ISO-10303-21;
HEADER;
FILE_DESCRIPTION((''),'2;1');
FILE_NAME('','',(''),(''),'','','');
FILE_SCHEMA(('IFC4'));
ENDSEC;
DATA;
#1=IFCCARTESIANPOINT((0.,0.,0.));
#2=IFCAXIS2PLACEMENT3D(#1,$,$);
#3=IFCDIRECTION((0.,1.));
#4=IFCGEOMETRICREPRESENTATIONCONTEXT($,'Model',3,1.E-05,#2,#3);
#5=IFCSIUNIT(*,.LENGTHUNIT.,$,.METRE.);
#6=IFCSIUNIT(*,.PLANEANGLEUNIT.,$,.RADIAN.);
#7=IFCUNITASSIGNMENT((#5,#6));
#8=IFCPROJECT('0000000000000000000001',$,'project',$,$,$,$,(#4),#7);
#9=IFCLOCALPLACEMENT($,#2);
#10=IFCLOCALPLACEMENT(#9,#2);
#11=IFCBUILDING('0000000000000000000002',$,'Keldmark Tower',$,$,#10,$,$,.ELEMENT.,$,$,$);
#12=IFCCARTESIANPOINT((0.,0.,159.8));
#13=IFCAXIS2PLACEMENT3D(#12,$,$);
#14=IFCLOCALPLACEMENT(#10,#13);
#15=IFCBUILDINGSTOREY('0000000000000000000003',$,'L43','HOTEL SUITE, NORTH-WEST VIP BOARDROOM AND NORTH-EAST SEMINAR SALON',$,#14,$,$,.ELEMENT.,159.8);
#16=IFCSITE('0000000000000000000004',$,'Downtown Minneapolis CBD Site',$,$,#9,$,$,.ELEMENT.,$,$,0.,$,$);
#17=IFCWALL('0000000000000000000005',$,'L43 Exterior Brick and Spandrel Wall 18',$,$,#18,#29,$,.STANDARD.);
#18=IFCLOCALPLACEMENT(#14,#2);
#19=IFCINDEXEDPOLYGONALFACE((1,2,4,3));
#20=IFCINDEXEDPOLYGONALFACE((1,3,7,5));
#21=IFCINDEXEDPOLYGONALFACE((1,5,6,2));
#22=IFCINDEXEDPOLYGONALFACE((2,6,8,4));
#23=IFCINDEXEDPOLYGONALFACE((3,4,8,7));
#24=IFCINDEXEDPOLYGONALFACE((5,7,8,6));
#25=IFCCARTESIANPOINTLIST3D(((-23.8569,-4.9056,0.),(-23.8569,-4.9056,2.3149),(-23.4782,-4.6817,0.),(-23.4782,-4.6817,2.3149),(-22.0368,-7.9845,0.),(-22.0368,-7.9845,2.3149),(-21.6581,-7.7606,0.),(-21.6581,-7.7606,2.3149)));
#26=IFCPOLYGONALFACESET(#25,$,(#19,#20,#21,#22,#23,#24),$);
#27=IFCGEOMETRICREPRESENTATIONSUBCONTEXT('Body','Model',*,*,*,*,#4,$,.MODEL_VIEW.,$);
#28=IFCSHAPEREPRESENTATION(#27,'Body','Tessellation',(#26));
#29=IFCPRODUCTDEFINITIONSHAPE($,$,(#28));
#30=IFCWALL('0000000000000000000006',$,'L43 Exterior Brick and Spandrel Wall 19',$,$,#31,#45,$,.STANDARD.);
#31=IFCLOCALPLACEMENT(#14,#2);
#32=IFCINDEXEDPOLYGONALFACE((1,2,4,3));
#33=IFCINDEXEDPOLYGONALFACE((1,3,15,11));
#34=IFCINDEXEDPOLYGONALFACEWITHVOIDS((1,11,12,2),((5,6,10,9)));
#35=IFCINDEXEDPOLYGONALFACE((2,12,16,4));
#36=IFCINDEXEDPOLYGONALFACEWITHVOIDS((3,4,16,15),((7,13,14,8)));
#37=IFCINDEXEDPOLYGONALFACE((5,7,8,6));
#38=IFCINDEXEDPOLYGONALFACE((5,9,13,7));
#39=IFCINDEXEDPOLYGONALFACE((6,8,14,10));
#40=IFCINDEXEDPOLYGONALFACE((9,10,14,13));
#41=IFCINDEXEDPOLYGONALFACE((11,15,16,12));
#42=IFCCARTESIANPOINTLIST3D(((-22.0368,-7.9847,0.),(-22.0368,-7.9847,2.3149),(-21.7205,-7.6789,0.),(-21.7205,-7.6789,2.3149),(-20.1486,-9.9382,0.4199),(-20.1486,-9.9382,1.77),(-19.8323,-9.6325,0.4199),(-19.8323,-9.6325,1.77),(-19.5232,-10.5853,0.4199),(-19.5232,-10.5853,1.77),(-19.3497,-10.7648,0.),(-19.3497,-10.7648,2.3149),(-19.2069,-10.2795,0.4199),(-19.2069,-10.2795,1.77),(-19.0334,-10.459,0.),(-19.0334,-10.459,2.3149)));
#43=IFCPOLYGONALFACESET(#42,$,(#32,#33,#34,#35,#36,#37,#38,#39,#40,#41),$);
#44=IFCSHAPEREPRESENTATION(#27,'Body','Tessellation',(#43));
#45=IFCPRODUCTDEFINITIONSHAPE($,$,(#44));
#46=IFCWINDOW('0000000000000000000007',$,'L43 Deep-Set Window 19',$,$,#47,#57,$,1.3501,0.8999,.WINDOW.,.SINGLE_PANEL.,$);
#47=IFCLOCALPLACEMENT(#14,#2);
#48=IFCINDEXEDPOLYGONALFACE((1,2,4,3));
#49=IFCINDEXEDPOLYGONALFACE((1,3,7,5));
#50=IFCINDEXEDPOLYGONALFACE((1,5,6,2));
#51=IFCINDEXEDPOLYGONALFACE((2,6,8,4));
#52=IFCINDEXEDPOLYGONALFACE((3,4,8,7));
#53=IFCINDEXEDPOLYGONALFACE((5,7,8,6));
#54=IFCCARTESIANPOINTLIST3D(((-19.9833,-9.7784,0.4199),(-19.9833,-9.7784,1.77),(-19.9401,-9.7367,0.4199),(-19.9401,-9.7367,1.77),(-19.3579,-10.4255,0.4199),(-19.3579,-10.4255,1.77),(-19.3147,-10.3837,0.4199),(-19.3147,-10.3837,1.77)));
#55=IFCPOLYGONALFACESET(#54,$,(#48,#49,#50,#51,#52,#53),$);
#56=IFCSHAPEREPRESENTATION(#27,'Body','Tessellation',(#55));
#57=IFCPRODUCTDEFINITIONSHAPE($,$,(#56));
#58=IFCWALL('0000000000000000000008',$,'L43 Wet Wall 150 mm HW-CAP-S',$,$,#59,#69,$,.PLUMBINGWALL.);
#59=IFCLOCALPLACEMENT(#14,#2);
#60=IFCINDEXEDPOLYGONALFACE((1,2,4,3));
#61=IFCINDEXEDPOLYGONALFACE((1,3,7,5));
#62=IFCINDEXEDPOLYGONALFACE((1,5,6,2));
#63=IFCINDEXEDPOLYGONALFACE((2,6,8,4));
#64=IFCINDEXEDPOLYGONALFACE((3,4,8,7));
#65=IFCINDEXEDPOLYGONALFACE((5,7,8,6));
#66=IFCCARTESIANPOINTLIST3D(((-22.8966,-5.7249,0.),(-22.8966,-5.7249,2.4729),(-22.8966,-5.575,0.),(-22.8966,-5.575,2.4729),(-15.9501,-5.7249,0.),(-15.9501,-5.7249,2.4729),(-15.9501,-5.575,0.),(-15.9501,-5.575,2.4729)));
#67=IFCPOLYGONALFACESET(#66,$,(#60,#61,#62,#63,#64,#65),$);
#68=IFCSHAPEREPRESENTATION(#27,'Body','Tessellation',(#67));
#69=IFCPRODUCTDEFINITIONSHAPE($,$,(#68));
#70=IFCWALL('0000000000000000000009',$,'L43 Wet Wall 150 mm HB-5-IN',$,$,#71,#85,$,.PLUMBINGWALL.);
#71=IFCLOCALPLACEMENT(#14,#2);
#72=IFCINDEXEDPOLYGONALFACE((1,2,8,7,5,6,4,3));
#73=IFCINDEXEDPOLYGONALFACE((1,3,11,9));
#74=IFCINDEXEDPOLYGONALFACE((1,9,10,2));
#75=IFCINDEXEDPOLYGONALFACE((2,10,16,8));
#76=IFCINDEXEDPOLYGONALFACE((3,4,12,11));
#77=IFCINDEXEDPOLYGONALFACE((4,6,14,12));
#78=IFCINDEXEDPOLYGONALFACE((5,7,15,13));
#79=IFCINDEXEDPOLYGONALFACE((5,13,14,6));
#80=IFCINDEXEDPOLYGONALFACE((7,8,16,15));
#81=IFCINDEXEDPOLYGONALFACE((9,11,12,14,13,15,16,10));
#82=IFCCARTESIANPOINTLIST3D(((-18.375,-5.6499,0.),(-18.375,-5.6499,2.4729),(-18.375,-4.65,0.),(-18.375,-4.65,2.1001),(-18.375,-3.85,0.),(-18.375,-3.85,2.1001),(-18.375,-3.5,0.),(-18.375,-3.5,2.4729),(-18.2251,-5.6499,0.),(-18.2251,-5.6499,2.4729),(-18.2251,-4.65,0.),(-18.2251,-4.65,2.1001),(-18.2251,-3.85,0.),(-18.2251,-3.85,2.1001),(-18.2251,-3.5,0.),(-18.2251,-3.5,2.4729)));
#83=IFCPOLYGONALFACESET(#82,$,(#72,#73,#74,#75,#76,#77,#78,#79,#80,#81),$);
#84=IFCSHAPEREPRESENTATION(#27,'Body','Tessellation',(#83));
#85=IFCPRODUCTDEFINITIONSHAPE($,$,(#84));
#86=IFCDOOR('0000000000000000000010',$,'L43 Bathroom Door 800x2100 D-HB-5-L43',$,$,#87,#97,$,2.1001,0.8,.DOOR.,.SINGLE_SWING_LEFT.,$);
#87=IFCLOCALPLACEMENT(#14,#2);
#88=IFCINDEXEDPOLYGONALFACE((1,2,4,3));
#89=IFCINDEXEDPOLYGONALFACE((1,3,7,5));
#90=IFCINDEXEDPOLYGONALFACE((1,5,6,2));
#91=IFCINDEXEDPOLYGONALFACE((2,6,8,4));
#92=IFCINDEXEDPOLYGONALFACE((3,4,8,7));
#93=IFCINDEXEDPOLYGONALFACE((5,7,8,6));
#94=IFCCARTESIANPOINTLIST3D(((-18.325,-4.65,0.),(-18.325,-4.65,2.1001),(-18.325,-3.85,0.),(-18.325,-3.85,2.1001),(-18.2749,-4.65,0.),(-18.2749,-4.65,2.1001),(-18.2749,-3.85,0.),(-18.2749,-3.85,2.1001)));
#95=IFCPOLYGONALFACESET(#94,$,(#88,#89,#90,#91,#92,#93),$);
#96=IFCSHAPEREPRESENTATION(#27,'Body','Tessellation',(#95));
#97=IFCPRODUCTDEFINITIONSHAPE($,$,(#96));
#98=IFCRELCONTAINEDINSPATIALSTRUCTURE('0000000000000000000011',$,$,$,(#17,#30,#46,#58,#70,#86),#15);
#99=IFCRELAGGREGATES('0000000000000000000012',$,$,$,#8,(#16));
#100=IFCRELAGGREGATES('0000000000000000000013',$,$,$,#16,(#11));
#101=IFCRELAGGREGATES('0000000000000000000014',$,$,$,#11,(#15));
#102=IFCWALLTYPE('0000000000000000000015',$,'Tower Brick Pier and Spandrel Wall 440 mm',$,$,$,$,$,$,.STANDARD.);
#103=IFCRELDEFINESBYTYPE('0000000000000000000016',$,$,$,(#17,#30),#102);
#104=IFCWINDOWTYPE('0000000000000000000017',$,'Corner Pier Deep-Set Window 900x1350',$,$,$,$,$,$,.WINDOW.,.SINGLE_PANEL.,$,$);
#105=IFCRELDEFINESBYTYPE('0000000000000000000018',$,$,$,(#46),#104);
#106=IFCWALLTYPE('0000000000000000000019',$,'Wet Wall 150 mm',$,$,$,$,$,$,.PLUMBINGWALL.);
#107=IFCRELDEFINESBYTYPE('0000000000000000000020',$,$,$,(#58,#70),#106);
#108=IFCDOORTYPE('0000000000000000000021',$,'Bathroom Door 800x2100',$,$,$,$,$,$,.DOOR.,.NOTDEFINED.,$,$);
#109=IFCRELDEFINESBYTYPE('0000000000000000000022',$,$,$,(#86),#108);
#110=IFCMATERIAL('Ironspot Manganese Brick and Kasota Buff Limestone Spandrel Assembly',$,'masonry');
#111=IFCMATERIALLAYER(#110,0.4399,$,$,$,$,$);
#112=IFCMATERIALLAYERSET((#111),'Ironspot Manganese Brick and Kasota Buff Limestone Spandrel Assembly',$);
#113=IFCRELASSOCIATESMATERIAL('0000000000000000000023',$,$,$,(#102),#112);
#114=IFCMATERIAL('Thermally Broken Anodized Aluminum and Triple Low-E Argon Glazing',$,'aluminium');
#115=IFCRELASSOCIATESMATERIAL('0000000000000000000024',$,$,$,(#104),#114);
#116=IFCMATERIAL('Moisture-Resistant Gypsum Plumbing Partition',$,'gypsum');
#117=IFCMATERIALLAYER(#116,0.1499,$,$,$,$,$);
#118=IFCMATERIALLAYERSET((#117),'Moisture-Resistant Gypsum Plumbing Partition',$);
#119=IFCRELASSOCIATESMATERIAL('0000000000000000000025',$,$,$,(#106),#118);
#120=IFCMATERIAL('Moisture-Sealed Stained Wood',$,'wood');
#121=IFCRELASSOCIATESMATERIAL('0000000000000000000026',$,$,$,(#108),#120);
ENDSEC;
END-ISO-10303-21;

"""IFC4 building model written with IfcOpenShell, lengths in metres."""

from ifc_helpers import new_model, si_unit, direction, frame, frame_2d, origin, place, context, subcontext, project, spatial, rectangle, extrude, material, layer, layer_set, type_object, element, fill, save


model = new_model("IFC4")

# Units and contexts
model_context = context("Model", 3, precision=1e-05, world=origin(), true_north=direction((0.0, 1.0)))
body_context = subcontext(model_context, "Body", "Model", "MODEL_VIEW")
ifc_project = project(units=[si_unit("LENGTHUNIT", "METRE"), si_unit("PLANEANGLEUNIT", "RADIAN")], contexts=[model_context])

# Site, building, storey
site_placement = place(None, origin())
site = spatial("IfcSite", under=ifc_project, at=site_placement, Name="Downtown Minneapolis CBD Site", CompositionType="ELEMENT", RefElevation=0.0)
building_placement = place(site_placement, origin())
building = spatial("IfcBuilding", under=site, at=building_placement, Name="Keldmark Tower", CompositionType="ELEMENT")
storey_placement = place(building_placement, frame((0.0, 0.0, 159.8)))
storey = spatial("IfcBuildingStorey", under=building, at=storey_placement, Name="L43", Description="HOTEL SUITE, NORTH-WEST VIP BOARDROOM AND NORTH-EAST SEMINAR SALON", CompositionType="ELEMENT", Elevation=159.8)

# Wall
ifc_material_1 = material(Name="Ironspot Manganese Brick and Kasota Buff Limestone Spandrel Assembly", Category="masonry")
ifc_layer_1 = layer(ifc_material_1, 0.4399)
ifc_layer_set_1 = layer_set([ifc_layer_1], Name="Ironspot Manganese Brick and Kasota Buff Limestone Spandrel Assembly")
wall_type_1 = type_object("IfcWallType", Name="Tower Brick Pier and Spandrel Wall 440 mm", PredefinedType="STANDARD", material=ifc_layer_set_1)
wall_1_placement = place(storey_placement, frame((-21.8474, -7.8726, 0.0), z_axis=(0.0, 0.0, 1.0), x_axis=(-0.508883, 0.860835, 0.0)))
element("IfcWall", 1, at=wall_1_placement, inside=storey, type_object=wall_type_1, Name="L43 Exterior Brick and Spandrel Wall 18", PredefinedType="STANDARD", context=body_context, shape_type="SweptSolid", body=[
    extrude(rectangle(XDim=3.5767, YDim=0.4399, at=frame_2d((1.7883, 0.0))), origin(), (0.0, 0.0, 1.0), 2.3149),
])

# Wall, opening, window
wall_2_placement = place(storey_placement, frame((-19.1917, -10.6118, 0.0), z_axis=(0.0, 0.0, 1.0), x_axis=(-0.694975, 0.719034, 0.0)))
wall_2 = element("IfcWall", 2, at=wall_2_placement, inside=storey, type_object=wall_type_1, Name="L43 Exterior Brick and Spandrel Wall 19", PredefinedType="STANDARD", context=body_context, shape_type="SweptSolid", body=[
    extrude(rectangle(XDim=3.8665, YDim=0.4399, at=frame_2d((1.9331, 0.0))), origin(), (0.0, 0.0, 1.0), 2.3149),
])
opening_1_placement = place(wall_2_placement, frame((0.2495, 0.0, 0.4199)))
opening_1 = element("IfcOpeningElement", 3, at=opening_1_placement, cuts=wall_2, PredefinedType="OPENING", context=body_context, shape_type="SweptSolid", body=[
    extrude(rectangle(XDim=0.8999, YDim=1.3501, at=frame_2d((0.45, 0.675))), frame((0.0, 0.23, 0.0), z_axis=(0.0, -1.0, 0.0), x_axis=(1.0, 0.0, 0.0)), (0.0, 0.0, 1.0), 0.46),
])
ifc_material_2 = material(Name="Thermally Broken Anodized Aluminum and Triple Low-E Argon Glazing", Category="aluminium")
window_type = type_object("IfcWindowType", Name="Corner Pier Deep-Set Window 900x1350", PartitioningType="SINGLE_PANEL", PredefinedType="WINDOW", material=ifc_material_2)
window_placement = place(opening_1_placement, origin())
window = element("IfcWindow", 4, at=window_placement, inside=storey, type_object=window_type, Name="L43 Deep-Set Window 19", OverallHeight=1.3501, OverallWidth=0.8999, PartitioningType="SINGLE_PANEL", PredefinedType="WINDOW", context=body_context, shape_type="SweptSolid", body=[
    extrude(rectangle(XDim=0.8999, YDim=1.3501, at=frame_2d((0.45, 0.675))), frame((0.0, -0.01, 0.0), z_axis=(0.0, -1.0, 0.0), x_axis=(1.0, 0.0, 0.0)), (0.0, 0.0, 1.0), 0.0601),
])
fill(opening_1, window)

# Wall
ifc_material_3 = material(Name="Moisture-Resistant Gypsum Plumbing Partition", Category="gypsum")
ifc_layer_2 = layer(ifc_material_3, 0.1499)
ifc_layer_set_2 = layer_set([ifc_layer_2], Name="Moisture-Resistant Gypsum Plumbing Partition")
wall_type_2 = type_object("IfcWallType", Name="Wet Wall 150 mm", PredefinedType="PLUMBINGWALL", material=ifc_layer_set_2)
wall_3_placement = place(storey_placement, frame((-22.8965, -5.6499, 0.0), z_axis=(0.0, 0.0, 1.0), x_axis=(1.0, 0.0, 0.0)))
element("IfcWall", 5, at=wall_3_placement, inside=storey, type_object=wall_type_2, Name="L43 Wet Wall 150 mm HW-CAP-S", PredefinedType="PLUMBINGWALL", context=body_context, shape_type="SweptSolid", body=[
    extrude(rectangle(XDim=6.9465, YDim=0.1499, at=frame_2d((3.4731, 0.0))), origin(), (0.0, 0.0, 1.0), 2.4729),
])

# Wall, opening, door
wall_4_placement = place(storey_placement, frame((-18.3, -5.6499, 0.0), z_axis=(0.0, 0.0, 1.0), x_axis=(0.0, 1.0, 0.0)))
wall_4 = element("IfcWall", 6, at=wall_4_placement, inside=storey, type_object=wall_type_2, Name="L43 Wet Wall 150 mm HB-5-IN", PredefinedType="PLUMBINGWALL", context=body_context, shape_type="SweptSolid", body=[
    extrude(rectangle(XDim=2.1499, YDim=0.1499, at=frame_2d((1.075, 0.0))), origin(), (0.0, 0.0, 1.0), 2.4729),
])
opening_2_placement = place(wall_4_placement, frame((1.0, 0.0, 0.0)))
opening_2 = element("IfcOpeningElement", 7, at=opening_2_placement, cuts=wall_4, PredefinedType="OPENING", context=body_context, shape_type="SweptSolid", body=[
    extrude(rectangle(XDim=0.8, YDim=2.1001, at=frame_2d((0.3999, 1.05))), frame((0.0, 0.085, 0.0), z_axis=(0.0, -1.0, 0.0), x_axis=(1.0, 0.0, 0.0)), (0.0, 0.0, 1.0), 0.1699),
])
ifc_material_4 = material(Name="Moisture-Sealed Stained Wood", Category="wood")
door_type = type_object("IfcDoorType", Name="Bathroom Door 800x2100", OperationType="NOTDEFINED", PredefinedType="DOOR", material=ifc_material_4)
door_placement = place(opening_2_placement, origin())
door = element("IfcDoor", 8, at=door_placement, inside=storey, type_object=door_type, Name="L43 Bathroom Door 800x2100 D-HB-5-L43", OperationType="SINGLE_SWING_LEFT", OverallHeight=2.1001, OverallWidth=0.8, PredefinedType="DOOR", context=body_context, shape_type="SweptSolid", body=[
    extrude(rectangle(XDim=0.8, YDim=2.1001, at=frame_2d((0.3999, 1.05))), frame((0.0, 0.0249, 0.0), z_axis=(0.0, -1.0, 0.0), x_axis=(1.0, 0.0, 0.0)), (0.0, 0.0, 1.0), 0.05),
])
fill(opening_2, door)

save(model, "model.ifc")
